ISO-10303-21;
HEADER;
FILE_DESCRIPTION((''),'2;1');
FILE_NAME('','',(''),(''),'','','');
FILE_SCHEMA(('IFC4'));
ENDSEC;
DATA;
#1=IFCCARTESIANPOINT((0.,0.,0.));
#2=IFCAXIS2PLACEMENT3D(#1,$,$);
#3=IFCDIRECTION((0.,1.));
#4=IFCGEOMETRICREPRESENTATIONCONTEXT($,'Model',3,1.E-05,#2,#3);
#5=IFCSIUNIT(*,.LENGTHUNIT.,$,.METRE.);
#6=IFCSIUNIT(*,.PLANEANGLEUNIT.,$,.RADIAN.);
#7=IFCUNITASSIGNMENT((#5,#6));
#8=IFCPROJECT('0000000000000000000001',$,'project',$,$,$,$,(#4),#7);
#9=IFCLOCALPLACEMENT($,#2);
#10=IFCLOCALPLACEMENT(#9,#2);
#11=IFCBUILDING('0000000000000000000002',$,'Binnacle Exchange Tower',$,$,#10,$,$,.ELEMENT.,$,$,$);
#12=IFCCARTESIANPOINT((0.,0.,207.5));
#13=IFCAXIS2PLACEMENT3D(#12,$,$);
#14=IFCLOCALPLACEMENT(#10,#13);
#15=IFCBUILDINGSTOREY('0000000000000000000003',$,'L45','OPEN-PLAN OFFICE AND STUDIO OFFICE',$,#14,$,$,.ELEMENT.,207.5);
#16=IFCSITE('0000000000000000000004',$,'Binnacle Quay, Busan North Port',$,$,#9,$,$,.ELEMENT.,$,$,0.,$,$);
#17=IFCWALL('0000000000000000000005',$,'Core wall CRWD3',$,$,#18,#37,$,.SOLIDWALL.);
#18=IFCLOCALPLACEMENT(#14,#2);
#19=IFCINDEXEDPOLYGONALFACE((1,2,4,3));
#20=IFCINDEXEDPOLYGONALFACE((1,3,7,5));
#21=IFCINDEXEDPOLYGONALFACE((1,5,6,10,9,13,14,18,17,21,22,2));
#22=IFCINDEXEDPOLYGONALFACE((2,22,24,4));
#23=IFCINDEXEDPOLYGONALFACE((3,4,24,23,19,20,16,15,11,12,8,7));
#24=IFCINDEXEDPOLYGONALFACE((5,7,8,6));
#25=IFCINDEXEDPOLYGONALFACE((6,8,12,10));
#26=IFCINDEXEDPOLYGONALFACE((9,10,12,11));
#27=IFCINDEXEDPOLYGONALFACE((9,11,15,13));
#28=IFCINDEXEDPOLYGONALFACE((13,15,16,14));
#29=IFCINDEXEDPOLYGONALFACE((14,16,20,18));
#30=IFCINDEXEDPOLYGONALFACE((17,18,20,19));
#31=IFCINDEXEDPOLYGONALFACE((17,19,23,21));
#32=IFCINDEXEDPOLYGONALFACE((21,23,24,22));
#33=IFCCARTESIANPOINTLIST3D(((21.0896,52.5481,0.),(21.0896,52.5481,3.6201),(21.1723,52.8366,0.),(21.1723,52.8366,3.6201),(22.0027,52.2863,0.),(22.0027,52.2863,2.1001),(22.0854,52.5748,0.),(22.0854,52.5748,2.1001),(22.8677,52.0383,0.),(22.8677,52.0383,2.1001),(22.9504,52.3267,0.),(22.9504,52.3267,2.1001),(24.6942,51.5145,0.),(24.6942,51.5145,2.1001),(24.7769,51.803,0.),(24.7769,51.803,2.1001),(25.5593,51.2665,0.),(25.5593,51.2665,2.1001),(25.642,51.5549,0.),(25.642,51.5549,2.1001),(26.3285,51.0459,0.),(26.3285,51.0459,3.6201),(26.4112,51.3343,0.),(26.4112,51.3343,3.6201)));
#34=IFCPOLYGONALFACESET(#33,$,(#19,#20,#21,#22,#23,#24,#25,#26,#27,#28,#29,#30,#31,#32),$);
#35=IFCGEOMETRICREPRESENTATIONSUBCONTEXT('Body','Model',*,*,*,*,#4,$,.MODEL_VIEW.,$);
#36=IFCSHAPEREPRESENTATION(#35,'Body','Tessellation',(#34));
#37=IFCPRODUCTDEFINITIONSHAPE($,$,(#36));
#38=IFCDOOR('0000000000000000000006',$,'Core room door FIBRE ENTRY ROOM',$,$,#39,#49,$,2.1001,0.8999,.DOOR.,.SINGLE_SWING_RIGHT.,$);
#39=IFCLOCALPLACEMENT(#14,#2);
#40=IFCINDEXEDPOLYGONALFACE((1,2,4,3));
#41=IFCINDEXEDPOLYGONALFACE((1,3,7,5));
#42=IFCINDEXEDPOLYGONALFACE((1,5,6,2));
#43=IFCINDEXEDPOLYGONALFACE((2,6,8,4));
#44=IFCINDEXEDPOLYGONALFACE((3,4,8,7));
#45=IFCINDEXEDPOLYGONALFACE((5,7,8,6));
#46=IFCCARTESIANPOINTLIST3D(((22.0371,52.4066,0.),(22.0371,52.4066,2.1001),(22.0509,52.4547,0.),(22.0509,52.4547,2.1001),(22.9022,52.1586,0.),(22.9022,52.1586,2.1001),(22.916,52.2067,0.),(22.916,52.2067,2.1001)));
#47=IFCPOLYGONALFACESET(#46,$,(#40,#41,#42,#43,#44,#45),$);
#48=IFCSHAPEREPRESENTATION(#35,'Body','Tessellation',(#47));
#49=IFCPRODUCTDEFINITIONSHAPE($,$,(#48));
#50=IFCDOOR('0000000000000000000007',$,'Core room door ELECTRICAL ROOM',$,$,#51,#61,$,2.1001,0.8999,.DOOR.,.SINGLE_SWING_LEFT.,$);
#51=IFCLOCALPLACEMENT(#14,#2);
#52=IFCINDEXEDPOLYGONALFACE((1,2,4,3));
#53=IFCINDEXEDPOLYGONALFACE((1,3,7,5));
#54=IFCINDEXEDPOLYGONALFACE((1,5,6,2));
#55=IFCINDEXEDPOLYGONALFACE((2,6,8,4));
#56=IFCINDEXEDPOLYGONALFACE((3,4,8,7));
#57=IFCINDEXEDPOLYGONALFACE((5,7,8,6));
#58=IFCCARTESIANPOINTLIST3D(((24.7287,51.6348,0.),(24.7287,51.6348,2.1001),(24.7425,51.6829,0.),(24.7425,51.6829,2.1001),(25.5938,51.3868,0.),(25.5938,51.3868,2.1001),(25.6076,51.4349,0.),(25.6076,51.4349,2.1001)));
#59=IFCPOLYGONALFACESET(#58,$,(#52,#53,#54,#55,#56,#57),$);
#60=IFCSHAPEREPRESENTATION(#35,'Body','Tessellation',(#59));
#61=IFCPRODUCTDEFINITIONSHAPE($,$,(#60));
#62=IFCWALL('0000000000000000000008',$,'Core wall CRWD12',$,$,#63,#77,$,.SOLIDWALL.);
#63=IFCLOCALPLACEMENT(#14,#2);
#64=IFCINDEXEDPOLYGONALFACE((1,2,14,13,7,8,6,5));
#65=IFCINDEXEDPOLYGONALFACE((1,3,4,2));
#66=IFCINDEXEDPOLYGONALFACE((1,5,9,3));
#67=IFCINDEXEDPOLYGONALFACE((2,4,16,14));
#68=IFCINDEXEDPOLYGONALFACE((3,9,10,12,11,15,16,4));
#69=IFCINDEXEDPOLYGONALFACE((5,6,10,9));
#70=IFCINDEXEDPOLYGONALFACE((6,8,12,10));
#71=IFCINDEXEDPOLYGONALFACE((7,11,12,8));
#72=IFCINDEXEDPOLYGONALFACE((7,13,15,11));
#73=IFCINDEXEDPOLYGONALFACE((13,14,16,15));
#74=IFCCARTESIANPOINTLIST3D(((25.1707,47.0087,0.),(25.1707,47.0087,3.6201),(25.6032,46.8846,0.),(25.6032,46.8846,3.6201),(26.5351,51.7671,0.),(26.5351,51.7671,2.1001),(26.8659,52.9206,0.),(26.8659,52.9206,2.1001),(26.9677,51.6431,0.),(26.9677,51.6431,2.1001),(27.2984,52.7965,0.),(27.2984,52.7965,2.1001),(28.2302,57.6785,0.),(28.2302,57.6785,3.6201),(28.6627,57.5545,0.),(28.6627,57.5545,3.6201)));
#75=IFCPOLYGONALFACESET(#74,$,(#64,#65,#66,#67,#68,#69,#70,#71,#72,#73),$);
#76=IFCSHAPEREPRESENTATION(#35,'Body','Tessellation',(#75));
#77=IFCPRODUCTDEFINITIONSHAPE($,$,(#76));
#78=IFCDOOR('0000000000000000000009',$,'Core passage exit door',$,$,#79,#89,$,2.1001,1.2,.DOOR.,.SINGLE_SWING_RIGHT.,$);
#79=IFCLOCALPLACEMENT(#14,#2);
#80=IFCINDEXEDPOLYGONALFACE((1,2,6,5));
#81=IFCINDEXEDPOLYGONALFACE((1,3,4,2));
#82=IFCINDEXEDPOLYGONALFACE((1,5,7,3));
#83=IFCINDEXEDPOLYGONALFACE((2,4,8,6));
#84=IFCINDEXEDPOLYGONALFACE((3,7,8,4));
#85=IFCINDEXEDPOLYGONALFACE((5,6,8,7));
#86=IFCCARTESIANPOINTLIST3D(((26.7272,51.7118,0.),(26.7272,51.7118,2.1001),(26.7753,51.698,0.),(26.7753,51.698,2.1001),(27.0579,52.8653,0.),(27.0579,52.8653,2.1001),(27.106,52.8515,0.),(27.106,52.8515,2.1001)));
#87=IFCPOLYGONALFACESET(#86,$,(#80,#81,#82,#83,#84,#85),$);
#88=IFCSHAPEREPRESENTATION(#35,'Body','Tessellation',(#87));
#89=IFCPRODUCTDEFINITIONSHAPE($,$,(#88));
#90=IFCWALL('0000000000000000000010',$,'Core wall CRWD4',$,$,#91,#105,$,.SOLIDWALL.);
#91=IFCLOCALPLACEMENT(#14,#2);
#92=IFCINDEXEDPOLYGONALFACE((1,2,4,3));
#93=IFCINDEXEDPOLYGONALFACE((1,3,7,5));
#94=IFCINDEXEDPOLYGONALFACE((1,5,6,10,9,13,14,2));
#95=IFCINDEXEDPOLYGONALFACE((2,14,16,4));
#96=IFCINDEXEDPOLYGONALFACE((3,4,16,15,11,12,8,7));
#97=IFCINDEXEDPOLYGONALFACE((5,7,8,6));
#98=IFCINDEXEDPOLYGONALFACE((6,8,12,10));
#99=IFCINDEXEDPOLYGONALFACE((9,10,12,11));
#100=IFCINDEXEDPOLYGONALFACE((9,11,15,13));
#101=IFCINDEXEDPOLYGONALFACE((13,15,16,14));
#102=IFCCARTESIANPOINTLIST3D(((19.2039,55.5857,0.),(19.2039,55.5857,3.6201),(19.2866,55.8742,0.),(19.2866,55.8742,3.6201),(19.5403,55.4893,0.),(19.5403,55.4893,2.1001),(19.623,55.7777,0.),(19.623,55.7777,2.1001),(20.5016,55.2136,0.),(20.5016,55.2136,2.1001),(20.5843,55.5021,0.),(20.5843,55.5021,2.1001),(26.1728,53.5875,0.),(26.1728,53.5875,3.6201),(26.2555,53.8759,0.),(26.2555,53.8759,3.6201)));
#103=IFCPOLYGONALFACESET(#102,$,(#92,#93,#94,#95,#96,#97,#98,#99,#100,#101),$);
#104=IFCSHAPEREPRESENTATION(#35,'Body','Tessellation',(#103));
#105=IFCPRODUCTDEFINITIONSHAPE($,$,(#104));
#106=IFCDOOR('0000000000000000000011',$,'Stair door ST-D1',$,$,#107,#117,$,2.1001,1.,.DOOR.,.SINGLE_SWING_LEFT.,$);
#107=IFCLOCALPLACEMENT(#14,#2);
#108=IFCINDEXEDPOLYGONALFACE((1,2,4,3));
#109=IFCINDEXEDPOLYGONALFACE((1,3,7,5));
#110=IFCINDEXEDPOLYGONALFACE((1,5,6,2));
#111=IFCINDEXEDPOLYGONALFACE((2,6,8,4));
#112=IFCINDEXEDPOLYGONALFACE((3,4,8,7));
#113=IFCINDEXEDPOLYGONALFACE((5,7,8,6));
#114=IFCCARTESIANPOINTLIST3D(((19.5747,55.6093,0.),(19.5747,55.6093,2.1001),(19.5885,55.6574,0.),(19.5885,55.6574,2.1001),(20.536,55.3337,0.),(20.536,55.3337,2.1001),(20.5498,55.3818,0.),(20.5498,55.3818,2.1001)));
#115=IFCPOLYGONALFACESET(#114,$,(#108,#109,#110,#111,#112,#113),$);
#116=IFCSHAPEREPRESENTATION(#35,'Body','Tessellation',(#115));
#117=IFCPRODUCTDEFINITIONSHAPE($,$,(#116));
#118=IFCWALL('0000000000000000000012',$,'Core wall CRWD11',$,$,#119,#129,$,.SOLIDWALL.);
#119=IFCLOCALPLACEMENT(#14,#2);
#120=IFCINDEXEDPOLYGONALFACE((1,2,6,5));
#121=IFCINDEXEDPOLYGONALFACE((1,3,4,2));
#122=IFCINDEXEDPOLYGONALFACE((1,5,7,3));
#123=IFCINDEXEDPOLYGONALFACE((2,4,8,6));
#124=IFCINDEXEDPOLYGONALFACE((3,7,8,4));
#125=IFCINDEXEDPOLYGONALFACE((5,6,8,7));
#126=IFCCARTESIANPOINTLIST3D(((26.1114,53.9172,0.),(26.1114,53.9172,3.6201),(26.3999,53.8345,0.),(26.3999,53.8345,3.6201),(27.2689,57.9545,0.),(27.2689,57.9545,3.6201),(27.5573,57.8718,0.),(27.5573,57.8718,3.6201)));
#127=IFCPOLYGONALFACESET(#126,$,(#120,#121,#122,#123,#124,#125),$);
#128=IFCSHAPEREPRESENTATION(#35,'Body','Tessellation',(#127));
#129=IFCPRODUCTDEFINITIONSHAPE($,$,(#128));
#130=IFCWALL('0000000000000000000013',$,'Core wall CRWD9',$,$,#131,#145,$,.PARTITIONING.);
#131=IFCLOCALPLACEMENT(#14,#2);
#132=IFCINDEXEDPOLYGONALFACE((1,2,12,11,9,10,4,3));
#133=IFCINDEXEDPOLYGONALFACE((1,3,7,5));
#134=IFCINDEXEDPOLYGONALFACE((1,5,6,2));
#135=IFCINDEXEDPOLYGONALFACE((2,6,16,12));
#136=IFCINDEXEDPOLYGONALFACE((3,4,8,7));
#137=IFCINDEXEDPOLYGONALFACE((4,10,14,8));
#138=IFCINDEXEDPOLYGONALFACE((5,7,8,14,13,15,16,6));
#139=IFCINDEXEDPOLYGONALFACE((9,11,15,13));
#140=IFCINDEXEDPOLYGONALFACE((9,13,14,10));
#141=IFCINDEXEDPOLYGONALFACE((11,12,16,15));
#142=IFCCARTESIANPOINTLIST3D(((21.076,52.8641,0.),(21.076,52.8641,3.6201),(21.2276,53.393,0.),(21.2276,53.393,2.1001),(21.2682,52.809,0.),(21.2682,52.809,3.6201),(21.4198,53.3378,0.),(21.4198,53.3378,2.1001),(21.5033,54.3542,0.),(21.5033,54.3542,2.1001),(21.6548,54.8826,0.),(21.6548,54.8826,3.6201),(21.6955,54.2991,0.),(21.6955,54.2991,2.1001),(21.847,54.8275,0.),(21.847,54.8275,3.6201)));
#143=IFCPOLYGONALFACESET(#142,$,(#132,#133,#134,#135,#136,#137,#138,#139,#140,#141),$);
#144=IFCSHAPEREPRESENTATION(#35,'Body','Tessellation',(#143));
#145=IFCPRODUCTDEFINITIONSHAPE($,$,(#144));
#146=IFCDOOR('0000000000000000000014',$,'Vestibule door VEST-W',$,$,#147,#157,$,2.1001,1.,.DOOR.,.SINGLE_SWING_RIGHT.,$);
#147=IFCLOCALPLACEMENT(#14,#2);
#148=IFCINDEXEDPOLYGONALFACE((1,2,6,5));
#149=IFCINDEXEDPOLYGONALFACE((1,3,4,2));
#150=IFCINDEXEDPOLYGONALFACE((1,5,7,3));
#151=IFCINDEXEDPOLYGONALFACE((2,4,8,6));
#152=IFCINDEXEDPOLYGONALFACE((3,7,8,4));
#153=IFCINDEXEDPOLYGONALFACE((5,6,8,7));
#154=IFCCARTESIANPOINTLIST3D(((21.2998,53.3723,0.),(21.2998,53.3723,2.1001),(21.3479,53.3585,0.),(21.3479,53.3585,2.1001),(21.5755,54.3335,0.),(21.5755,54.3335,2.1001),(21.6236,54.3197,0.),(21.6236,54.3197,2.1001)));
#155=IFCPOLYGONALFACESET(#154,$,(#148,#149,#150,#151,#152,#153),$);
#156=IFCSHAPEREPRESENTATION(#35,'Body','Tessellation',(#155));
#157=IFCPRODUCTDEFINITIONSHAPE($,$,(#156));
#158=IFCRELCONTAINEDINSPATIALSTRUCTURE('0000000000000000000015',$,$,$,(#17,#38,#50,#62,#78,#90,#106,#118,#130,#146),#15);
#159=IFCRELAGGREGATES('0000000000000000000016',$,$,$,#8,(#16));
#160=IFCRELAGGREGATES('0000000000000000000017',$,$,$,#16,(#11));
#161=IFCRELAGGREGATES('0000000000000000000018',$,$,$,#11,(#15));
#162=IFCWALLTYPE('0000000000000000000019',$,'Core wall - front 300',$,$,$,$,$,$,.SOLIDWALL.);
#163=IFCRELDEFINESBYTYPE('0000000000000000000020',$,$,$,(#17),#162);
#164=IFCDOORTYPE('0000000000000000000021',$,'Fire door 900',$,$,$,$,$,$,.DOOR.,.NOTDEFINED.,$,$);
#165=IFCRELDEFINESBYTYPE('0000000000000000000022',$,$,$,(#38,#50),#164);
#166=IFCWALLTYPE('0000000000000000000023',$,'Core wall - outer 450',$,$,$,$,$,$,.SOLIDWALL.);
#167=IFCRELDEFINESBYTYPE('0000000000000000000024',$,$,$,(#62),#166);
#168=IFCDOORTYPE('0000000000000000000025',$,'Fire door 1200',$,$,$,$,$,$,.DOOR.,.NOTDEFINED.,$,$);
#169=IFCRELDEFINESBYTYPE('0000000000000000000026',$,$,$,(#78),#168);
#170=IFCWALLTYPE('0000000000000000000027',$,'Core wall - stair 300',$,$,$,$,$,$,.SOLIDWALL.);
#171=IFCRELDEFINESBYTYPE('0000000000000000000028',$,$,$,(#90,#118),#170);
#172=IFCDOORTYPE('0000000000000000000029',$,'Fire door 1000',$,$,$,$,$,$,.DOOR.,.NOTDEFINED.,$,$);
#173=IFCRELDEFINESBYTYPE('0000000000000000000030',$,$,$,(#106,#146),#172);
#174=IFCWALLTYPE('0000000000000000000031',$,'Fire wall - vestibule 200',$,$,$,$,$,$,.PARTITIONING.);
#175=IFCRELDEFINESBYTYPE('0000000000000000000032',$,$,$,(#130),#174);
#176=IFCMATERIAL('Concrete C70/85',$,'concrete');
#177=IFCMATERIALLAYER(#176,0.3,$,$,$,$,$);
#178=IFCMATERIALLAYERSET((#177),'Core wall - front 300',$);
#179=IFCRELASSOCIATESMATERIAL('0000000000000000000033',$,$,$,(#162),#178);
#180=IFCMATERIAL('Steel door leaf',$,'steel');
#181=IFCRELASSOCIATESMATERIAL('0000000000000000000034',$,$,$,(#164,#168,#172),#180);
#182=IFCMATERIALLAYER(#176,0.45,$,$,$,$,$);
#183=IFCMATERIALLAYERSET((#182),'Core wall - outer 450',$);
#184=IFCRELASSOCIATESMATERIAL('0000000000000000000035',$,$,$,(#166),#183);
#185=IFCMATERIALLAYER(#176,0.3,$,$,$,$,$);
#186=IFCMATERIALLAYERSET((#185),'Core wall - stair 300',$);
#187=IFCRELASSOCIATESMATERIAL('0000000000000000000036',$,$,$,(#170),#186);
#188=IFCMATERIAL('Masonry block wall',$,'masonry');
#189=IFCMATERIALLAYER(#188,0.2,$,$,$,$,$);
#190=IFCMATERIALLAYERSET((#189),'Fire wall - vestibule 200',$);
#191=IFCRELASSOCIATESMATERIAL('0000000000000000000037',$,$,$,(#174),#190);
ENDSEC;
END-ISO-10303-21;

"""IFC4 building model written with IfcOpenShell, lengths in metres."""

from ifc_helpers import new_model, si_unit, direction, frame, frame_2d, origin, place, context, subcontext, project, spatial, rectangle, extrude, material, layer, layer_set, type_object, element, fill, save


model = new_model("IFC4")

# Units and contexts
model_context = context("Model", 3, precision=1e-05, world=origin(), true_north=direction((0.0, 1.0)))
body_context = subcontext(model_context, "Body", "Model", "MODEL_VIEW")
ifc_project = project(units=[si_unit("LENGTHUNIT", "METRE"), si_unit("PLANEANGLEUNIT", "RADIAN")], contexts=[model_context])

# Site, building, storey
site_placement = place(None, origin())
site = spatial("IfcSite", under=ifc_project, at=site_placement, Name="Binnacle Quay, Busan North Port", CompositionType="ELEMENT", RefElevation=0.0)
building_placement = place(site_placement, origin())
building = spatial("IfcBuilding", under=site, at=building_placement, Name="Binnacle Exchange Tower", CompositionType="ELEMENT")
storey_placement = place(building_placement, frame((0.0, 0.0, 207.5)))
storey = spatial("IfcBuildingStorey", under=building, at=storey_placement, Name="L45", Description="OPEN-PLAN OFFICE AND STUDIO OFFICE", CompositionType="ELEMENT", Elevation=207.5)

# Wall, openings, doors
ifc_material_1 = material(Name="Concrete C70/85", Category="concrete")
ifc_layer_1 = layer(ifc_material_1, 0.3)
ifc_layer_set_1 = layer_set([ifc_layer_1], Name="Core wall - front 300")
wall_type_1 = type_object("IfcWallType", Name="Core wall - front 300", PredefinedType="SOLIDWALL", material=ifc_layer_set_1)
wall_1_placement = place(storey_placement, frame((21.1309, 52.6924, 0.0), z_axis=(0.0, 0.0, 1.0), x_axis=(0.961261, -0.275638, 0.0)))
wall_1 = element("IfcWall", 1, at=wall_1_placement, inside=storey, type_object=wall_type_1, Name="Core wall CRWD3", PredefinedType="SOLIDWALL", context=body_context, shape_type="SweptSolid", body=[
    extrude(rectangle(XDim=5.45, YDim=0.3, at=frame_2d((2.7251, 0.0))), origin(), (0.0, 0.0, 1.0), 3.6201),
])
opening_1_placement = place(wall_1_placement, frame((0.95, 0.0, 0.0)))
opening_1 = element("IfcOpeningElement", 2, at=opening_1_placement, cuts=wall_1, PredefinedType="OPENING", context=body_context, shape_type="SweptSolid", body=[
    extrude(rectangle(XDim=0.8999, YDim=2.1001, at=frame_2d((0.45, 1.05))), frame((0.0, 0.1599, 0.0), z_axis=(0.0, -1.0, 0.0), x_axis=(1.0, 0.0, 0.0)), (0.0, 0.0, 1.0), 0.3201),
])
opening_2_placement = place(wall_1_placement, frame((3.75, 0.0, 0.0)))
opening_2 = element("IfcOpeningElement", 3, at=opening_2_placement, cuts=wall_1, PredefinedType="OPENING", context=body_context, shape_type="SweptSolid", body=[
    extrude(rectangle(XDim=0.8999, YDim=2.1001, at=frame_2d((0.45, 1.05))), frame((0.0, 0.1599, 0.0), z_axis=(0.0, -1.0, 0.0), x_axis=(1.0, 0.0, 0.0)), (0.0, 0.0, 1.0), 0.3201),
])
ifc_material_2 = material(Name="Steel door leaf", Category="steel")
door_type_1 = type_object("IfcDoorType", Name="Fire door 900", OperationType="NOTDEFINED", PredefinedType="DOOR", material=ifc_material_2)
door_1_placement = place(opening_1_placement, frame((0.8999, 0.0, 0.0), z_axis=(0.0, 0.0, 1.0), x_axis=(-1.0, 0.0, 0.0)))
door_1 = element("IfcDoor", 4, at=door_1_placement, inside=storey, type_object=door_type_1, Name="Core room door FIBRE ENTRY ROOM", OperationType="SINGLE_SWING_RIGHT", OverallHeight=2.1001, OverallWidth=0.8999, PredefinedType="DOOR", context=body_context, shape_type="SweptSolid", body=[
    extrude(rectangle(XDim=0.8999, YDim=2.1001, at=frame_2d((0.45, 1.05))), frame((0.0, 0.0249, 0.0), z_axis=(0.0, -1.0, 0.0), x_axis=(1.0, 0.0, 0.0)), (0.0, 0.0, 1.0), 0.05),
])
fill(opening_1, door_1)
door_2_placement = place(opening_2_placement, frame((0.8999, 0.0, 0.0), z_axis=(0.0, 0.0, 1.0), x_axis=(-1.0, 0.0, 0.0)))
door_2 = element("IfcDoor", 5, at=door_2_placement, inside=storey, type_object=door_type_1, Name="Core room door ELECTRICAL ROOM", OperationType="SINGLE_SWING_LEFT", OverallHeight=2.1001, OverallWidth=0.8999, PredefinedType="DOOR", context=body_context, shape_type="SweptSolid", body=[
    extrude(rectangle(XDim=0.8999, YDim=2.1001, at=frame_2d((0.45, 1.05))), frame((0.0, 0.0249, 0.0), z_axis=(0.0, -1.0, 0.0), x_axis=(1.0, 0.0, 0.0)), (0.0, 0.0, 1.0), 0.05),
])
fill(opening_2, door_2)

# Walls, openings, doors
ifc_layer_2 = layer(ifc_material_1, 0.45)
ifc_layer_set_2 = layer_set([ifc_layer_2], Name="Core wall - outer 450")
wall_type_2 = type_object("IfcWallType", Name="Core wall - outer 450", PredefinedType="SOLIDWALL", material=ifc_layer_set_2)
wall_2_placement = place(storey_placement, frame((25.387, 46.9468, 0.0), z_axis=(0.0, 0.0, 1.0), x_axis=(0.275639, 0.961261, 0.0)))
wall_2 = element("IfcWall", 6, at=wall_2_placement, inside=storey, type_object=wall_type_2, Name="Core wall CRWD12", PredefinedType="SOLIDWALL", context=body_context, shape_type="SweptSolid", body=[
    extrude(rectangle(XDim=11.0999, YDim=0.45, at=frame_2d((5.5498, 0.0))), origin(), (0.0, 0.0, 1.0), 3.6201),
])
opening_3_placement = place(wall_2_placement, frame((4.95, 0.0, 0.0)))
opening_3 = element("IfcOpeningElement", 7, at=opening_3_placement, cuts=wall_2, PredefinedType="OPENING", context=body_context, shape_type="SweptSolid", body=[
    extrude(rectangle(XDim=1.2, YDim=2.1001, at=frame_2d((0.6001, 1.05))), frame((0.0, 0.2349, 0.0), z_axis=(0.0, -1.0, 0.0), x_axis=(1.0, 0.0, 0.0)), (0.0, 0.0, 1.0), 0.47),
])
door_type_2 = type_object("IfcDoorType", Name="Fire door 1200", OperationType="NOTDEFINED", PredefinedType="DOOR", material=ifc_material_2)
door_3_placement = place(opening_3_placement, frame((1.2, 0.0, 0.0), z_axis=(0.0, 0.0, 1.0), x_axis=(-1.0, 0.0, 0.0)))
door_3 = element("IfcDoor", 8, at=door_3_placement, inside=storey, type_object=door_type_2, Name="Core passage exit door", OperationType="SINGLE_SWING_RIGHT", OverallHeight=2.1001, OverallWidth=1.2, PredefinedType="DOOR", context=body_context, shape_type="SweptSolid", body=[
    extrude(rectangle(XDim=1.2, YDim=2.1001, at=frame_2d((0.6001, 1.05))), frame((0.0, 0.0249, 0.0), z_axis=(0.0, -1.0, 0.0), x_axis=(1.0, 0.0, 0.0)), (0.0, 0.0, 1.0), 0.05),
])
fill(opening_3, door_3)
ifc_layer_3 = layer(ifc_material_1, 0.3)
ifc_layer_set_3 = layer_set([ifc_layer_3], Name="Core wall - stair 300")
wall_type_3 = type_object("IfcWallType", Name="Core wall - stair 300", PredefinedType="SOLIDWALL", material=ifc_layer_set_3)
wall_3_placement = place(storey_placement, frame((19.2451, 55.73, 0.0), z_axis=(0.0, 0.0, 1.0), x_axis=(0.961263, -0.275633, 0.0)))
wall_3 = element("IfcWall", 9, at=wall_3_placement, inside=storey, type_object=wall_type_3, Name="Core wall CRWD4", PredefinedType="SOLIDWALL", context=body_context, shape_type="SweptSolid", body=[
    extrude(rectangle(XDim=7.2498, YDim=0.3, at=frame_2d((3.625, 0.0))), origin(), (0.0, 0.0, 1.0), 3.6201),
])
opening_4_placement = place(wall_3_placement, frame((0.3501, 0.0, 0.0)))
opening_4 = element("IfcOpeningElement", 10, at=opening_4_placement, cuts=wall_3, PredefinedType="OPENING", context=body_context, shape_type="SweptSolid", body=[
    extrude(rectangle(XDim=1.0, YDim=2.1001, at=frame_2d((0.5, 1.05))), frame((0.0, 0.1599, 0.0), z_axis=(0.0, -1.0, 0.0), x_axis=(1.0, 0.0, 0.0)), (0.0, 0.0, 1.0), 0.3201),
])
door_type_3 = type_object("IfcDoorType", Name="Fire door 1000", OperationType="NOTDEFINED", PredefinedType="DOOR", material=ifc_material_2)
door_4_placement = place(opening_4_placement, origin())
door_4 = element("IfcDoor", 11, at=door_4_placement, inside=storey, type_object=door_type_3, Name="Stair door ST-D1", OperationType="SINGLE_SWING_LEFT", OverallHeight=2.1001, OverallWidth=1.0, PredefinedType="DOOR", context=body_context, shape_type="SweptSolid", body=[
    extrude(rectangle(XDim=1.0, YDim=2.1001, at=frame_2d((0.5, 1.05))), frame((0.0, 0.0249, 0.0), z_axis=(0.0, -1.0, 0.0), x_axis=(1.0, 0.0, 0.0)), (0.0, 0.0, 1.0), 0.05),
])
fill(opening_4, door_4)

# Wall
wall_4_placement = place(storey_placement, frame((26.2556, 53.8757, 0.0), z_axis=(0.0, 0.0, 1.0), x_axis=(0.275589, 0.961276, 0.0)))
element("IfcWall", 12, at=wall_4_placement, inside=storey, type_object=wall_type_3, Name="Core wall CRWD11", PredefinedType="SOLIDWALL", context=body_context, shape_type="SweptSolid", body=[
    extrude(rectangle(XDim=4.2, YDim=0.3, at=frame_2d((2.1001, 0.0))), origin(), (0.0, 0.0, 1.0), 3.6201),
])

# Wall, opening, door
ifc_material_3 = material(Name="Masonry block wall", Category="masonry")
ifc_layer_4 = layer(ifc_material_3, 0.2)
ifc_layer_set_4 = layer_set([ifc_layer_4], Name="Fire wall - vestibule 200")
wall_type_4 = type_object("IfcWallType", Name="Fire wall - vestibule 200", PredefinedType="PARTITIONING", material=ifc_layer_set_4)
wall_5_placement = place(storey_placement, frame((21.1721, 52.8367, 0.0), z_axis=(0.0, 0.0, 1.0), x_axis=(0.275658, 0.961256, 0.0)))
wall_5 = element("IfcWall", 13, at=wall_5_placement, inside=storey, type_object=wall_type_4, Name="Core wall CRWD9", PredefinedType="PARTITIONING", context=body_context, shape_type="SweptSolid", body=[
    extrude(rectangle(XDim=2.0999, YDim=0.2, at=frame_2d((1.0498, 0.0))), origin(), (0.0, 0.0, 1.0), 3.6201),
])
opening_5_placement = place(wall_5_placement, frame((0.55, 0.0, 0.0)))
opening_5 = element("IfcOpeningElement", 14, at=opening_5_placement, cuts=wall_5, PredefinedType="OPENING", context=body_context, shape_type="SweptSolid", body=[
    extrude(rectangle(XDim=1.0, YDim=2.1001, at=frame_2d((0.5, 1.05))), frame((0.0, 0.1099, 0.0), z_axis=(0.0, -1.0, 0.0), x_axis=(1.0, 0.0, 0.0)), (0.0, 0.0, 1.0), 0.22),
])
door_5_placement = place(opening_5_placement, origin())
door_5 = element("IfcDoor", 15, at=door_5_placement, inside=storey, type_object=door_type_3, Name="Vestibule door VEST-W", OperationType="SINGLE_SWING_RIGHT", OverallHeight=2.1001, OverallWidth=1.0, PredefinedType="DOOR", context=body_context, shape_type="SweptSolid", body=[
    extrude(rectangle(XDim=1.0, YDim=2.1001, at=frame_2d((0.5, 1.05))), frame((0.0, 0.0249, 0.0), z_axis=(0.0, -1.0, 0.0), x_axis=(1.0, 0.0, 0.0)), (0.0, 0.0, 1.0), 0.05),
])
fill(opening_5, door_5)

save(model, "model.ifc")
